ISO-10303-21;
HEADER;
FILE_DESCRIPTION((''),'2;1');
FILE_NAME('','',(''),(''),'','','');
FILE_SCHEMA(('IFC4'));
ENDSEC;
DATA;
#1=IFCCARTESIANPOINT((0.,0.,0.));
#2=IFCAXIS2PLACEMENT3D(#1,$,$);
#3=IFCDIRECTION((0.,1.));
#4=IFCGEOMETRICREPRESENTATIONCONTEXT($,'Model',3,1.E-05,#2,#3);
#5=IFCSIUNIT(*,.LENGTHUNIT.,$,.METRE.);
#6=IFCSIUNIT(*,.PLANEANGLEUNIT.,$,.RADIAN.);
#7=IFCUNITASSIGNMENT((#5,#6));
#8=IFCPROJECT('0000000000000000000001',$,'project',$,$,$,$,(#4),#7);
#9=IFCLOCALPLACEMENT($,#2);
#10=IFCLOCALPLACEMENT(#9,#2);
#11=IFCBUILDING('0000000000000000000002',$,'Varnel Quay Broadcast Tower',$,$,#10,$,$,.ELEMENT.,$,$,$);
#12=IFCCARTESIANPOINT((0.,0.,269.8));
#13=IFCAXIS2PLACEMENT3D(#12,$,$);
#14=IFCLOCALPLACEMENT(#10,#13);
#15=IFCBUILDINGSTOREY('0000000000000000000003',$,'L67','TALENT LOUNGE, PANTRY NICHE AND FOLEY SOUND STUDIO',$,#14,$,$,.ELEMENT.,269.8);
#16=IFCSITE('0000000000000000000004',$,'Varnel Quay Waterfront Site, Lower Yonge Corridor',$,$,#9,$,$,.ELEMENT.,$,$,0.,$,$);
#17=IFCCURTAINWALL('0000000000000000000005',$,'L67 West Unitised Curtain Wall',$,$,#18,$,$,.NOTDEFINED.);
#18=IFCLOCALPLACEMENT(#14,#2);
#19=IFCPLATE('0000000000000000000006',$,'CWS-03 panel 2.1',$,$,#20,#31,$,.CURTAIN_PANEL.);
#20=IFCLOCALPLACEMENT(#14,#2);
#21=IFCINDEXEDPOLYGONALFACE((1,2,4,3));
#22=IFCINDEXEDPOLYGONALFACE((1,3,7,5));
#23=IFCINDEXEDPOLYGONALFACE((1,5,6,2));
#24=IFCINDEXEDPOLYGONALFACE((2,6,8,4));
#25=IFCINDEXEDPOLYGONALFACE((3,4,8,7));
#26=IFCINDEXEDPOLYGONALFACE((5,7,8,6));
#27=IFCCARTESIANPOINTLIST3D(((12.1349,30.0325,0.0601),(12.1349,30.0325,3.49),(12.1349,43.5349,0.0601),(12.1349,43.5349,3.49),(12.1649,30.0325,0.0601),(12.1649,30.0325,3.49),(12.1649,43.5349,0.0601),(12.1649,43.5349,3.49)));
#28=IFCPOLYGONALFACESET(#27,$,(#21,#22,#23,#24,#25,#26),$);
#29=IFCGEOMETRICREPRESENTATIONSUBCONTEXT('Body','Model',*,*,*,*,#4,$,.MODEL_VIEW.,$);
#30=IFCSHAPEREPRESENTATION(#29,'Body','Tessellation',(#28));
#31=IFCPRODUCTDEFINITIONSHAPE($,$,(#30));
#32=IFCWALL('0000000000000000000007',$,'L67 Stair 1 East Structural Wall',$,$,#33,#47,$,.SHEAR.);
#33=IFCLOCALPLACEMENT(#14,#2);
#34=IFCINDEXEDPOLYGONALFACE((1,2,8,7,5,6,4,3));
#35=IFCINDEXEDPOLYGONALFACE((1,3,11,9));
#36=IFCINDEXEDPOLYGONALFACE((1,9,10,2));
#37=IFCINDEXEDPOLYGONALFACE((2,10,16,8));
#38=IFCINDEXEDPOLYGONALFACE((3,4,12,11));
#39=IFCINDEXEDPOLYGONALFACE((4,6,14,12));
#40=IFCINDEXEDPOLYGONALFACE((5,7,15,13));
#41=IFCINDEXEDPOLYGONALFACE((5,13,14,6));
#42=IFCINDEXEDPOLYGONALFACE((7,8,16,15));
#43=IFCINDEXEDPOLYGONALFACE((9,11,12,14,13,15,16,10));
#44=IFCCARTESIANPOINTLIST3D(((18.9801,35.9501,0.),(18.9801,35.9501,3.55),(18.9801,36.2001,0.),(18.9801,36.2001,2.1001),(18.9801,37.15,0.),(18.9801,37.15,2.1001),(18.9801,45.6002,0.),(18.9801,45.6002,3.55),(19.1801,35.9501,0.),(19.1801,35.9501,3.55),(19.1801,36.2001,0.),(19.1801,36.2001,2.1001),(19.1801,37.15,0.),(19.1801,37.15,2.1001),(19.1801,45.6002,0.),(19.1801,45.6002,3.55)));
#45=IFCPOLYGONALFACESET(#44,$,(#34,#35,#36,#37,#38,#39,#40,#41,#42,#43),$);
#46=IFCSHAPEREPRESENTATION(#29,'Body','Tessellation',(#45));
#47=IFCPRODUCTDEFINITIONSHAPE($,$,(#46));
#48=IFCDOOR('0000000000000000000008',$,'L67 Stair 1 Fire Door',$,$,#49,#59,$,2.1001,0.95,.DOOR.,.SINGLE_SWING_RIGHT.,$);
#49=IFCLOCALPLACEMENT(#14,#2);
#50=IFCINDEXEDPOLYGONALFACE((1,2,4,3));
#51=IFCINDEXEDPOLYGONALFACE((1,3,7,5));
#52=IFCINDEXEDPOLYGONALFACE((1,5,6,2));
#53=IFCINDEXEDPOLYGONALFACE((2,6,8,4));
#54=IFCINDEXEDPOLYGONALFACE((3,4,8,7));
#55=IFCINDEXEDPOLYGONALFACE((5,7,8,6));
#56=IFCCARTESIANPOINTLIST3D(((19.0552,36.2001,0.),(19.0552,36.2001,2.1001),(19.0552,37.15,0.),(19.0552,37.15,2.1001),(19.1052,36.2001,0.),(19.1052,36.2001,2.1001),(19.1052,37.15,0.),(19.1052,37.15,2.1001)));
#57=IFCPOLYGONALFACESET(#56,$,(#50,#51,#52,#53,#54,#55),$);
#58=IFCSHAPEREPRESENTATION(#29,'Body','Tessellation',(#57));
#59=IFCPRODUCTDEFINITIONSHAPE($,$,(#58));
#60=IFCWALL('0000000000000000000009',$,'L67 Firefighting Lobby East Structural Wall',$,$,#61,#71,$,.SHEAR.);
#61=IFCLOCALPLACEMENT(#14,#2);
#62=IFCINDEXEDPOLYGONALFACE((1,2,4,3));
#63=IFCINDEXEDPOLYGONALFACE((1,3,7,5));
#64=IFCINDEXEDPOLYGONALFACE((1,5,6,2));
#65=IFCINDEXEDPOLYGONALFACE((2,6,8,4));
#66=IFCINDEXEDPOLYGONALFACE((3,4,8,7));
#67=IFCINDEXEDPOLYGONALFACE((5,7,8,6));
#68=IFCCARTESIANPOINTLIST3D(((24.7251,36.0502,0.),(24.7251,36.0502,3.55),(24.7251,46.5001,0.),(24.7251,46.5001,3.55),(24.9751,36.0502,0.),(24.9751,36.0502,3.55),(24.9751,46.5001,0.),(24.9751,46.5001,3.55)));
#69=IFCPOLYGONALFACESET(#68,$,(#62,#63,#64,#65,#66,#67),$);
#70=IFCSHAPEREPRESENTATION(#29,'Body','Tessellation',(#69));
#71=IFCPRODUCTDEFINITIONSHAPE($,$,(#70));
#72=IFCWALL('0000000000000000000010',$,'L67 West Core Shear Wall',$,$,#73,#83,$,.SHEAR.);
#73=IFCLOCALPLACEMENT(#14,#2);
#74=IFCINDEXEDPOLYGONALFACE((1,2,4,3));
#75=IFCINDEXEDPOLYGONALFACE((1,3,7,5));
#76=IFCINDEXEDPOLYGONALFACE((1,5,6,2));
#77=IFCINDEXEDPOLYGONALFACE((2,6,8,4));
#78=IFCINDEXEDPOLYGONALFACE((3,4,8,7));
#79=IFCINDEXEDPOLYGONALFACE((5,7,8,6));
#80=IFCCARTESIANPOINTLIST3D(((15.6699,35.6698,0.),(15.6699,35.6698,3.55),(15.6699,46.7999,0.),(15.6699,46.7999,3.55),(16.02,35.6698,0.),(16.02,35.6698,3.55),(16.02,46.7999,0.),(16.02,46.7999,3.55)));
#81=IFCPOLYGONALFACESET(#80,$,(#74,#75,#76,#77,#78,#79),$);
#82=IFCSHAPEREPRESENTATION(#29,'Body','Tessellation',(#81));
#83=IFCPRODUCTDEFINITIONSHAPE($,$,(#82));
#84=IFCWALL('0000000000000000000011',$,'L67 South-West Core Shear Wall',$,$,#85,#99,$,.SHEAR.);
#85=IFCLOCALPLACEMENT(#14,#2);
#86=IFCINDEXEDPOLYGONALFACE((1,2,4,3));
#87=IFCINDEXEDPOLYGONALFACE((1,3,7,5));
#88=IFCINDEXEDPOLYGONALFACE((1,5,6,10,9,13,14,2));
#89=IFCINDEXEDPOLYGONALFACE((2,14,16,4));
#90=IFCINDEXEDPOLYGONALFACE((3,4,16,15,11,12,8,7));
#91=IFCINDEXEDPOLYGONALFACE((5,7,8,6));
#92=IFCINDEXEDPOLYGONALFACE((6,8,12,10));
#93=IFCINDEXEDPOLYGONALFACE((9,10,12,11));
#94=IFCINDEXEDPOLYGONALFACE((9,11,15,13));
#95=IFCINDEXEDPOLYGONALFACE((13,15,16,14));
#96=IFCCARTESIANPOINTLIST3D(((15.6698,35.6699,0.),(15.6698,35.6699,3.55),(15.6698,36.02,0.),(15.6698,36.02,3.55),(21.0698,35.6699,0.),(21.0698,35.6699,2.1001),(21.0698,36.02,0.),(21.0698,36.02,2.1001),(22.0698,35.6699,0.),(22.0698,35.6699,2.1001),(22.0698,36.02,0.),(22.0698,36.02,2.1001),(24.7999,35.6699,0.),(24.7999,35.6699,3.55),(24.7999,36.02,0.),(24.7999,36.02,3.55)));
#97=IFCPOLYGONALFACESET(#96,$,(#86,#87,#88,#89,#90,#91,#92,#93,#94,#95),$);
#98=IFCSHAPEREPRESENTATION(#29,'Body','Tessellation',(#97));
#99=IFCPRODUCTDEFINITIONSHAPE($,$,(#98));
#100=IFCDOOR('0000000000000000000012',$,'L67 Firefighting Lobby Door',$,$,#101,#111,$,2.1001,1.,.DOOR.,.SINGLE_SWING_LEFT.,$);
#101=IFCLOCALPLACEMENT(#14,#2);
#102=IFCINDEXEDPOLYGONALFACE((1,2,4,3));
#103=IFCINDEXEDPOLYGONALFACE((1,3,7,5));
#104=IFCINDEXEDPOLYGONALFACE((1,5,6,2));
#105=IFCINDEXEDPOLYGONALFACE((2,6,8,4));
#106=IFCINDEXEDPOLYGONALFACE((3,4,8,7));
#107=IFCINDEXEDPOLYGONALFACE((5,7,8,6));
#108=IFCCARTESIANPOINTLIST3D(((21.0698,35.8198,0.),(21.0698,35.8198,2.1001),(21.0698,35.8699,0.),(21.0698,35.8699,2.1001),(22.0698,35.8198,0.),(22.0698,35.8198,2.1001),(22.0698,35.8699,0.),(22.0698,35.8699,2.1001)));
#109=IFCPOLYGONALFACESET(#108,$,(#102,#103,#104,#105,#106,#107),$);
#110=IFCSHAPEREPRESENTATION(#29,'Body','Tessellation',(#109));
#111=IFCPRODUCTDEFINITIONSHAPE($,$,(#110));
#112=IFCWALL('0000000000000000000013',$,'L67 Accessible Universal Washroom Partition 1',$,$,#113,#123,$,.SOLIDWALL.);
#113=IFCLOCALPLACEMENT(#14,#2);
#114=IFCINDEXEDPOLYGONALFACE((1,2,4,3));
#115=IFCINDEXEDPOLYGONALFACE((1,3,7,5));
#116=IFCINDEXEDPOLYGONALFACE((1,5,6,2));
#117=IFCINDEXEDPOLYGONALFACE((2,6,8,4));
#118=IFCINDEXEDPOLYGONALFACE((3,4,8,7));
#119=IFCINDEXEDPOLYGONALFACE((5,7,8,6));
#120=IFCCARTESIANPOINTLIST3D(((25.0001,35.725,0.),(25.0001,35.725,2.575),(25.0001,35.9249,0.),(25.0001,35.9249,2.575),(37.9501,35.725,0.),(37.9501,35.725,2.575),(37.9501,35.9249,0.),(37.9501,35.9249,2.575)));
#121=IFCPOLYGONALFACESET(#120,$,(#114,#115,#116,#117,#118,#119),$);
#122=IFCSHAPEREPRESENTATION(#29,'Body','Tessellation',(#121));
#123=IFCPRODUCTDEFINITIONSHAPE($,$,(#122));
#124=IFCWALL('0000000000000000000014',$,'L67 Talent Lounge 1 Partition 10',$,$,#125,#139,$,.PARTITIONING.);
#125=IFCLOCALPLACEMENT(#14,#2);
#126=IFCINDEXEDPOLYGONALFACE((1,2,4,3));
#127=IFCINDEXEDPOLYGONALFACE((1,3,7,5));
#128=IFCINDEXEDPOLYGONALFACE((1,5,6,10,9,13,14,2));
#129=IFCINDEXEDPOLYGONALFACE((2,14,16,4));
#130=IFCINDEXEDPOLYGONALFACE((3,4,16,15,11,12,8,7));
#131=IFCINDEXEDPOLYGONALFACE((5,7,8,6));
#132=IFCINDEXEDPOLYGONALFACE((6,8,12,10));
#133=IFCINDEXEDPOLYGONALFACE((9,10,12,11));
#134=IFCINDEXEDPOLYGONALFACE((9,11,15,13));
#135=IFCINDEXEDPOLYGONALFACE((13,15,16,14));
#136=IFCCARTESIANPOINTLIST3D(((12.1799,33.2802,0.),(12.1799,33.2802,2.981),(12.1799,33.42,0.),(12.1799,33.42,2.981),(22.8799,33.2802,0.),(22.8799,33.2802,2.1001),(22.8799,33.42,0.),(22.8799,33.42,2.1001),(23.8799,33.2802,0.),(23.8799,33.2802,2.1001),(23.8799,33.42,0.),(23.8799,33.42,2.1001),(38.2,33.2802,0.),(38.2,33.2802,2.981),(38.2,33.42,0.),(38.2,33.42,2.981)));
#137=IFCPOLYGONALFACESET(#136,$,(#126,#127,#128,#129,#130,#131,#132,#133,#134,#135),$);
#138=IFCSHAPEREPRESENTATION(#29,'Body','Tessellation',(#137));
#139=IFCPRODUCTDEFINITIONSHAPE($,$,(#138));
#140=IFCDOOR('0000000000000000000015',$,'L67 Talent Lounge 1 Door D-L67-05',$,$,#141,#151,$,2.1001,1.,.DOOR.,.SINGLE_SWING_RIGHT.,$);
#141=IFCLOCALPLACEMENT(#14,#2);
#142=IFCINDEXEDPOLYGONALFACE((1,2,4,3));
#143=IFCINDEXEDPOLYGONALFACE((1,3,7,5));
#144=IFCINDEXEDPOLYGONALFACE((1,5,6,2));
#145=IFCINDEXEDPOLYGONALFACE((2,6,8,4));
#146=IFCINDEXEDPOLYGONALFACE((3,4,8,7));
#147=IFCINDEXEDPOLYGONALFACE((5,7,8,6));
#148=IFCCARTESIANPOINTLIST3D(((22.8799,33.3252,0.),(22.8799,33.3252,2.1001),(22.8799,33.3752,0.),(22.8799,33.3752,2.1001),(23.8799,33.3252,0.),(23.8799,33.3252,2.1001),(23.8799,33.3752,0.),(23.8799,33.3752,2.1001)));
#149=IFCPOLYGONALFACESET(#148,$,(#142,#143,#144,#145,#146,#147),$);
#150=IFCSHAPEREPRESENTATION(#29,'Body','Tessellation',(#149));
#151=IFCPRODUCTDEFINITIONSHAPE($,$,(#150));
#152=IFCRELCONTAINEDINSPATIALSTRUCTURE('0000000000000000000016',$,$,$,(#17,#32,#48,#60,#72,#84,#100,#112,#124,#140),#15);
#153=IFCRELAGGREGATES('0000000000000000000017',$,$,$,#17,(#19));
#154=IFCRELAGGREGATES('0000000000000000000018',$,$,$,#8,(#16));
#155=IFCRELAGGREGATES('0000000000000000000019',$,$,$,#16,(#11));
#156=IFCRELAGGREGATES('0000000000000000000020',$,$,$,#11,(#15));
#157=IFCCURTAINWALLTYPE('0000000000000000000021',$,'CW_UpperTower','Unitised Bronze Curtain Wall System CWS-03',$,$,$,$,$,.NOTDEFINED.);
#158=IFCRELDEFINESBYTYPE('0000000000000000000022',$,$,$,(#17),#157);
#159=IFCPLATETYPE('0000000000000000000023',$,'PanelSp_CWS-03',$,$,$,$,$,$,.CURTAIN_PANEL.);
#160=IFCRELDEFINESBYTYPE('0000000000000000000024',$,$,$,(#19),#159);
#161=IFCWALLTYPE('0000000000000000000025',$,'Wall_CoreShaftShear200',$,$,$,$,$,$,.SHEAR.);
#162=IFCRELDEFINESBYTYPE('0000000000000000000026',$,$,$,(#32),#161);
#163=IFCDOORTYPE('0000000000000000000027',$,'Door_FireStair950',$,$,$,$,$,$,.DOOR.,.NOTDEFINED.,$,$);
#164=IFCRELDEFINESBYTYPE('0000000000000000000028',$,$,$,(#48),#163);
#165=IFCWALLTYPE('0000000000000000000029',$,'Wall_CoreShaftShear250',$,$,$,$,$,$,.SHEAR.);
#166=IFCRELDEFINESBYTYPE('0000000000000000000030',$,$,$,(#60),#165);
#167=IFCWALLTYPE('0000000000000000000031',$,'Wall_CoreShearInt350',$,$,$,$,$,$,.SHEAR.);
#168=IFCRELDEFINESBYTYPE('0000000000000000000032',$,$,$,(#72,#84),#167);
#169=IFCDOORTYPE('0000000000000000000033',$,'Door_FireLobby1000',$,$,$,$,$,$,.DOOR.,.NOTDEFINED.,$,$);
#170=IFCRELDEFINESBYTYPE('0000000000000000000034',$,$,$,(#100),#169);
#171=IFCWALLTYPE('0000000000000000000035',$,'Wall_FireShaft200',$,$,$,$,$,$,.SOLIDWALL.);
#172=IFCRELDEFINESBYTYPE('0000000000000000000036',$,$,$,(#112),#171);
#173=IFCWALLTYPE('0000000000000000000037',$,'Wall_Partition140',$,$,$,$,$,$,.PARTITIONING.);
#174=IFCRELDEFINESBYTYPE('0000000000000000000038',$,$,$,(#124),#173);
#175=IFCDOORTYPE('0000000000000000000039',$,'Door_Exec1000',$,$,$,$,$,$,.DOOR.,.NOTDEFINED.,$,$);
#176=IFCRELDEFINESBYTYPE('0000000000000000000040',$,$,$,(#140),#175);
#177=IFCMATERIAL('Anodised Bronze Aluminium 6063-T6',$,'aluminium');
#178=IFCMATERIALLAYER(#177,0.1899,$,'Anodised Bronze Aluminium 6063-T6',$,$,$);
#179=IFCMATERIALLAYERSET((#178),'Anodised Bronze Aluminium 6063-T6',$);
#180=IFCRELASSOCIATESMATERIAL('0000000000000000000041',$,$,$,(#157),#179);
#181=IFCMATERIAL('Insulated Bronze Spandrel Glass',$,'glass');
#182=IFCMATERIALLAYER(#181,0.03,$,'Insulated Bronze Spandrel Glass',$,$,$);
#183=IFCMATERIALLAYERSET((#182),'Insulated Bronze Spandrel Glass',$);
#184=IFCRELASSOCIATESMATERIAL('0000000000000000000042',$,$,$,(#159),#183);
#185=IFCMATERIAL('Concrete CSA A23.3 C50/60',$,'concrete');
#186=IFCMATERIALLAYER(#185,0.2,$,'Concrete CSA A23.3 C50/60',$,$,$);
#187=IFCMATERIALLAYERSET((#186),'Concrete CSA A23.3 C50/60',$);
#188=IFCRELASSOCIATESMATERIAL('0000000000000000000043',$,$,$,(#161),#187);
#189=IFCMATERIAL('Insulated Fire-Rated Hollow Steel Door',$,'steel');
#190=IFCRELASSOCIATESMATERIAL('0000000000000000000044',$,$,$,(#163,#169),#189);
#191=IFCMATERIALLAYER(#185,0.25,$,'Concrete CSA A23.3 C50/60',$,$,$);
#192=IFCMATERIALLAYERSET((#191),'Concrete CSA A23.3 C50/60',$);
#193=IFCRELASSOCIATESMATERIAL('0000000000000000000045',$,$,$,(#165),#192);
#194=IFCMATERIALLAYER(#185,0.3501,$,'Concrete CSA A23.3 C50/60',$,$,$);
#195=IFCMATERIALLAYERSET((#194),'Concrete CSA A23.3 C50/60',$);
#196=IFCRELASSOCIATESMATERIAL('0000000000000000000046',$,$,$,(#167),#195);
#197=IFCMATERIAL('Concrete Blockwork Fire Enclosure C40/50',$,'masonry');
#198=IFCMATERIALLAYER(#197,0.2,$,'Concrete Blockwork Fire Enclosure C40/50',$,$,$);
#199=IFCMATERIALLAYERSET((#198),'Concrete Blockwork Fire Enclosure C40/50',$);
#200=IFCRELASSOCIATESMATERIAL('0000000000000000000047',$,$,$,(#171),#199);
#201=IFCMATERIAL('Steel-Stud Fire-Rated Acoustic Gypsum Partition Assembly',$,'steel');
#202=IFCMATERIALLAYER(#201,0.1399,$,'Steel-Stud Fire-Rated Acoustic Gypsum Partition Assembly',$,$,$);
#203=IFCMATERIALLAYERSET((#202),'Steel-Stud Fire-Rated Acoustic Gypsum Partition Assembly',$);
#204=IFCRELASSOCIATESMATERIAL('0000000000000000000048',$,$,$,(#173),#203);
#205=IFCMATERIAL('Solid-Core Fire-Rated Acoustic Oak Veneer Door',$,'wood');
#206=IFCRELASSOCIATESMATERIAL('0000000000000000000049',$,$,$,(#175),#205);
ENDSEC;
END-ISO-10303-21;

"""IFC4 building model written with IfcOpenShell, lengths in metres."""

from ifc_helpers import new_model, si_unit, direction, frame, frame_2d, origin, origin_2d, place, context, subcontext, project, spatial, rectangle, extrude, source, transform, mapped, material, layer, layer_set, type_object, type_shapes, element, fill, aggregate, save


model = new_model("IFC4")

# Units and contexts
model_context = context("Model", 3, precision=1e-05, world=origin(), true_north=direction((0.0, 1.0)))
body_context = subcontext(model_context, "Body", "Model", "MODEL_VIEW")
ifc_project = project(units=[si_unit("LENGTHUNIT", "METRE"), si_unit("PLANEANGLEUNIT", "RADIAN")], contexts=[model_context])

# Site, building, storey
site_placement = place(None, origin())
site = spatial("IfcSite", under=ifc_project, at=site_placement, Name="Varnel Quay Waterfront Site, Lower Yonge Corridor", CompositionType="ELEMENT", RefElevation=0.0)
building_placement = place(site_placement, origin())
building = spatial("IfcBuilding", under=site, at=building_placement, Name="Varnel Quay Broadcast Tower", CompositionType="ELEMENT")
storey_placement = place(building_placement, frame((0.0, 0.0, 269.8)))
storey = spatial("IfcBuildingStorey", under=building, at=storey_placement, Name="L67", Description="TALENT LOUNGE, PANTRY NICHE AND FOLEY SOUND STUDIO", CompositionType="ELEMENT", Elevation=269.8)

# Shared definitions
ifc_material_1 = material(Name="Concrete CSA A23.3 C50/60", Category="concrete")

# Curtain wall
ifc_material_2 = material(Name="Anodised Bronze Aluminium 6063-T6", Category="aluminium")
ifc_layer_1 = layer(ifc_material_2, 0.1899, Name="Anodised Bronze Aluminium 6063-T6")
ifc_layer_set_1 = layer_set([ifc_layer_1], Name="Anodised Bronze Aluminium 6063-T6")
curtain_wall_type = type_object("IfcCurtainWallType", Name="CW_UpperTower", Description="Unitised Bronze Curtain Wall System CWS-03", PredefinedType="NOTDEFINED", material=ifc_layer_set_1)
curtain_wall_placement = place(storey_placement, origin())
curtain_wall = element("IfcCurtainWall", 1, at=curtain_wall_placement, inside=storey, type_object=curtain_wall_type, Name="L67 West Unitised Curtain Wall", PredefinedType="NOTDEFINED")

# Plate
ifc_material_3 = material(Name="Insulated Bronze Spandrel Glass", Category="glass")
ifc_layer_2 = layer(ifc_material_3, 0.03, Name="Insulated Bronze Spandrel Glass")
ifc_layer_set_2 = layer_set([ifc_layer_2], Name="Insulated Bronze Spandrel Glass")
plate_type_1 = type_object("IfcPlateType", Name="PanelSp_CWS-03", PredefinedType="CURTAIN_PANEL", material=ifc_layer_set_2)
shared_shape_1 = source(origin(), body_context, "Body", "SweptSolid", [
    extrude(rectangle(XDim=13.5024, YDim=0.03, at=origin_2d()), origin(), (0.0, 0.0, 1.0), 3.4299),
])
type_shapes(plate_type_1, [shared_shape_1])
plate_1_placement = place(storey_placement, frame((12.1499, 36.7837, 0.0601), z_axis=(0.0, 0.0, 1.0), x_axis=(0.0, 1.0, 0.0)))
plate_1 = element("IfcPlate", 2, at=plate_1_placement, type_object=plate_type_1, Name="CWS-03 panel 2.1", PredefinedType="CURTAIN_PANEL", context=body_context, shape_type="MappedRepresentation", body=[
    mapped(shared_shape_1, transform((0.0, 0.0, 0.0), x_axis=(1.0, 0.0, 0.0), y_axis=(0.0, 1.0, 0.0), z_axis=(0.0, 0.0, 1.0), scale=1.0)),
])
aggregate(curtain_wall, [plate_1])

# Wall, opening, door
ifc_layer_3 = layer(ifc_material_1, 0.2, Name="Concrete CSA A23.3 C50/60")
ifc_layer_set_3 = layer_set([ifc_layer_3], Name="Concrete CSA A23.3 C50/60")
wall_type_1 = type_object("IfcWallType", Name="Wall_CoreShaftShear200", PredefinedType="SHEAR", material=ifc_layer_set_3)
wall_1_placement = place(storey_placement, frame((19.0801, 35.95, 0.0), z_axis=(0.0, 0.0, 1.0), x_axis=(0.0, 1.0, 0.0)))
wall_1 = element("IfcWall", 3, at=wall_1_placement, inside=storey, type_object=wall_type_1, Name="L67 Stair 1 East Structural Wall", PredefinedType="SHEAR", context=body_context, shape_type="SweptSolid", body=[
    extrude(rectangle(XDim=9.6501, YDim=0.2, at=frame_2d((4.8252, 0.0))), origin(), (0.0, 0.0, 1.0), 3.55),
])
opening_1_placement = place(wall_1_placement, frame((0.25, 0.0, 0.0)))
opening_1 = element("IfcOpeningElement", 4, at=opening_1_placement, cuts=wall_1, PredefinedType="OPENING", context=body_context, shape_type="SweptSolid", body=[
    extrude(rectangle(XDim=0.95, YDim=2.1001, at=frame_2d((0.4751, 1.05))), frame((0.0, 0.1099, 0.0), z_axis=(0.0, -1.0, 0.0), x_axis=(1.0, 0.0, 0.0)), (0.0, 0.0, 1.0), 0.22),
])
ifc_material_4 = material(Name="Insulated Fire-Rated Hollow Steel Door", Category="steel")
door_type_1 = type_object("IfcDoorType", Name="Door_FireStair950", OperationType="NOTDEFINED", PredefinedType="DOOR", material=ifc_material_4)
shared_shape_2 = source(origin(), body_context, "Body", "SweptSolid", [
    extrude(rectangle(XDim=0.95, YDim=2.1001, at=frame_2d((0.4751, 1.05))), frame((0.0, 0.0249, 0.0), z_axis=(0.0, -1.0, 0.0), x_axis=(1.0, 0.0, 0.0)), (0.0, 0.0, 1.0), 0.05),
])
type_shapes(door_type_1, [shared_shape_2])
door_1_placement = place(opening_1_placement, origin())
door_1 = element("IfcDoor", 5, at=door_1_placement, inside=storey, type_object=door_type_1, Name="L67 Stair 1 Fire Door", OperationType="SINGLE_SWING_RIGHT", OverallHeight=2.1001, OverallWidth=0.95, PredefinedType="DOOR", context=body_context, shape_type="MappedRepresentation", body=[
    mapped(shared_shape_2, transform((0.0, 0.0, 0.0), x_axis=(1.0, 0.0, 0.0), y_axis=(0.0, 1.0, 0.0), z_axis=(0.0, 0.0, 1.0), scale=1.0)),
])
fill(opening_1, door_1)

# Walls
ifc_layer_4 = layer(ifc_material_1, 0.25, Name="Concrete CSA A23.3 C50/60")
ifc_layer_set_4 = layer_set([ifc_layer_4], Name="Concrete CSA A23.3 C50/60")
wall_type_2 = type_object("IfcWallType", Name="Wall_CoreShaftShear250", PredefinedType="SHEAR", material=ifc_layer_set_4)
wall_2_placement = place(storey_placement, frame((24.8501, 36.05, 0.0), z_axis=(0.0, 0.0, 1.0), x_axis=(0.0, 1.0, 0.0)))
element("IfcWall", 6, at=wall_2_placement, inside=storey, type_object=wall_type_2, Name="L67 Firefighting Lobby East Structural Wall", PredefinedType="SHEAR", context=body_context, shape_type="SweptSolid", body=[
    extrude(rectangle(XDim=10.45, YDim=0.25, at=frame_2d((5.2251, 0.0))), origin(), (0.0, 0.0, 1.0), 3.55),
])
ifc_layer_5 = layer(ifc_material_1, 0.3501, Name="Concrete CSA A23.3 C50/60")
ifc_layer_set_5 = layer_set([ifc_layer_5], Name="Concrete CSA A23.3 C50/60")
wall_type_3 = type_object("IfcWallType", Name="Wall_CoreShearInt350", PredefinedType="SHEAR", material=ifc_layer_set_5)
wall_3_placement = place(storey_placement, frame((15.845, 35.6699, 0.0), z_axis=(0.0, 0.0, 1.0), x_axis=(0.0, 1.0, 0.0)))
element("IfcWall", 7, at=wall_3_placement, inside=storey, type_object=wall_type_3, Name="L67 West Core Shear Wall", PredefinedType="SHEAR", context=body_context, shape_type="SweptSolid", body=[
    extrude(rectangle(XDim=11.1301, YDim=0.3501, at=frame_2d((5.5649, 0.0))), origin(), (0.0, 0.0, 1.0), 3.55),
])

# Wall, opening, door
wall_4_placement = place(storey_placement, frame((15.6699, 35.845, 0.0), z_axis=(0.0, 0.0, 1.0), x_axis=(1.0, 0.0, 0.0)))
wall_4 = element("IfcWall", 8, at=wall_4_placement, inside=storey, type_object=wall_type_3, Name="L67 South-West Core Shear Wall", PredefinedType="SHEAR", context=body_context, shape_type="SweptSolid", body=[
    extrude(rectangle(XDim=9.1301, YDim=0.3501, at=frame_2d((4.5649, 0.0))), origin(), (0.0, 0.0, 1.0), 3.55),
])
opening_2_placement = place(wall_4_placement, frame((5.3999, 0.0, 0.0)))
opening_2 = element("IfcOpeningElement", 9, at=opening_2_placement, cuts=wall_4, PredefinedType="OPENING", context=body_context, shape_type="SweptSolid", body=[
    extrude(rectangle(XDim=1.0, YDim=2.1001, at=frame_2d((0.5, 1.05))), frame((0.0, 0.1851, 0.0), z_axis=(0.0, -1.0, 0.0), x_axis=(1.0, 0.0, 0.0)), (0.0, 0.0, 1.0), 0.3701),
])
door_type_2 = type_object("IfcDoorType", Name="Door_FireLobby1000", OperationType="NOTDEFINED", PredefinedType="DOOR", material=ifc_material_4)
shared_shape_3 = source(origin(), body_context, "Body", "SweptSolid", [
    extrude(rectangle(XDim=1.0, YDim=2.1001, at=frame_2d((0.5, 1.05))), frame((0.0, 0.0249, 0.0), z_axis=(0.0, -1.0, 0.0), x_axis=(1.0, 0.0, 0.0)), (0.0, 0.0, 1.0), 0.05),
])
type_shapes(door_type_2, [shared_shape_3])
door_2_placement = place(opening_2_placement, origin())
door_2 = element("IfcDoor", 10, at=door_2_placement, inside=storey, type_object=door_type_2, Name="L67 Firefighting Lobby Door", OperationType="SINGLE_SWING_LEFT", OverallHeight=2.1001, OverallWidth=1.0, PredefinedType="DOOR", context=body_context, shape_type="MappedRepresentation", body=[
    mapped(shared_shape_3, transform((0.0, 0.0, 0.0), x_axis=(1.0, 0.0, 0.0), y_axis=(0.0, 1.0, 0.0), z_axis=(0.0, 0.0, 1.0), scale=1.0)),
])
fill(opening_2, door_2)

# Wall
ifc_material_5 = material(Name="Concrete Blockwork Fire Enclosure C40/50", Category="masonry")
ifc_layer_6 = layer(ifc_material_5, 0.2, Name="Concrete Blockwork Fire Enclosure C40/50")
ifc_layer_set_6 = layer_set([ifc_layer_6], Name="Concrete Blockwork Fire Enclosure C40/50")
wall_type_4 = type_object("IfcWallType", Name="Wall_FireShaft200", PredefinedType="SOLIDWALL", material=ifc_layer_set_6)
wall_5_placement = place(storey_placement, frame((25.0, 35.825, 0.0), z_axis=(0.0, 0.0, 1.0), x_axis=(1.0, 0.0, 0.0)))
element("IfcWall", 11, at=wall_5_placement, inside=storey, type_object=wall_type_4, Name="L67 Accessible Universal Washroom Partition 1", PredefinedType="SOLIDWALL", context=body_context, shape_type="SweptSolid", body=[
    extrude(rectangle(XDim=12.95, YDim=0.2, at=frame_2d((6.4751, 0.0))), origin(), (0.0, 0.0, 1.0), 2.575),
])

# Wall, opening, door
ifc_material_6 = material(Name="Steel-Stud Fire-Rated Acoustic Gypsum Partition Assembly", Category="steel")
ifc_layer_7 = layer(ifc_material_6, 0.1399, Name="Steel-Stud Fire-Rated Acoustic Gypsum Partition Assembly")
ifc_layer_set_7 = layer_set([ifc_layer_7], Name="Steel-Stud Fire-Rated Acoustic Gypsum Partition Assembly")
wall_type_5 = type_object("IfcWallType", Name="Wall_Partition140", PredefinedType="PARTITIONING", material=ifc_layer_set_7)
wall_6_placement = place(storey_placement, frame((12.1799, 33.3501, 0.0), z_axis=(0.0, 0.0, 1.0), x_axis=(1.0, 0.0, 0.0)))
wall_6 = element("IfcWall", 12, at=wall_6_placement, inside=storey, type_object=wall_type_5, Name="L67 Talent Lounge 1 Partition 10", PredefinedType="PARTITIONING", context=body_context, shape_type="SweptSolid", body=[
    extrude(rectangle(XDim=26.02, YDim=0.1399, at=frame_2d((13.01, 0.0))), origin(), (0.0, 0.0, 1.0), 2.981),
])
opening_3_placement = place(wall_6_placement, frame((10.7, 0.0, 0.0)))
opening_3 = element("IfcOpeningElement", 13, at=opening_3_placement, cuts=wall_6, PredefinedType="OPENING", context=body_context, shape_type="SweptSolid", body=[
    extrude(rectangle(XDim=1.0, YDim=2.1001, at=frame_2d((0.5, 1.05))), frame((0.0, 0.0801, 0.0), z_axis=(0.0, -1.0, 0.0), x_axis=(1.0, 0.0, 0.0)), (0.0, 0.0, 1.0), 0.1599),
])
ifc_material_7 = material(Name="Solid-Core Fire-Rated Acoustic Oak Veneer Door", Category="wood")
door_type_3 = type_object("IfcDoorType", Name="Door_Exec1000", OperationType="NOTDEFINED", PredefinedType="DOOR", material=ifc_material_7)
shared_shape_4 = source(origin(), body_context, "Body", "SweptSolid", [
    extrude(rectangle(XDim=1.0, YDim=2.1001, at=frame_2d((0.5, 1.05))), frame((0.0, 0.0249, 0.0), z_axis=(0.0, -1.0, 0.0), x_axis=(1.0, 0.0, 0.0)), (0.0, 0.0, 1.0), 0.05),
])
type_shapes(door_type_3, [shared_shape_4])
door_3_placement = place(opening_3_placement, frame((1.0, 0.0, 0.0), z_axis=(0.0, 0.0, 1.0), x_axis=(-1.0, 0.0, 0.0)))
door_3 = element("IfcDoor", 14, at=door_3_placement, inside=storey, type_object=door_type_3, Name="L67 Talent Lounge 1 Door D-L67-05", OperationType="SINGLE_SWING_RIGHT", OverallHeight=2.1001, OverallWidth=1.0, PredefinedType="DOOR", context=body_context, shape_type="MappedRepresentation", body=[
    mapped(shared_shape_4, transform((0.0, 0.0, 0.0), x_axis=(1.0, 0.0, 0.0), y_axis=(0.0, 1.0, 0.0), z_axis=(0.0, 0.0, 1.0), scale=1.0)),
])
fill(opening_3, door_3)

save(model, "model.ifc")
